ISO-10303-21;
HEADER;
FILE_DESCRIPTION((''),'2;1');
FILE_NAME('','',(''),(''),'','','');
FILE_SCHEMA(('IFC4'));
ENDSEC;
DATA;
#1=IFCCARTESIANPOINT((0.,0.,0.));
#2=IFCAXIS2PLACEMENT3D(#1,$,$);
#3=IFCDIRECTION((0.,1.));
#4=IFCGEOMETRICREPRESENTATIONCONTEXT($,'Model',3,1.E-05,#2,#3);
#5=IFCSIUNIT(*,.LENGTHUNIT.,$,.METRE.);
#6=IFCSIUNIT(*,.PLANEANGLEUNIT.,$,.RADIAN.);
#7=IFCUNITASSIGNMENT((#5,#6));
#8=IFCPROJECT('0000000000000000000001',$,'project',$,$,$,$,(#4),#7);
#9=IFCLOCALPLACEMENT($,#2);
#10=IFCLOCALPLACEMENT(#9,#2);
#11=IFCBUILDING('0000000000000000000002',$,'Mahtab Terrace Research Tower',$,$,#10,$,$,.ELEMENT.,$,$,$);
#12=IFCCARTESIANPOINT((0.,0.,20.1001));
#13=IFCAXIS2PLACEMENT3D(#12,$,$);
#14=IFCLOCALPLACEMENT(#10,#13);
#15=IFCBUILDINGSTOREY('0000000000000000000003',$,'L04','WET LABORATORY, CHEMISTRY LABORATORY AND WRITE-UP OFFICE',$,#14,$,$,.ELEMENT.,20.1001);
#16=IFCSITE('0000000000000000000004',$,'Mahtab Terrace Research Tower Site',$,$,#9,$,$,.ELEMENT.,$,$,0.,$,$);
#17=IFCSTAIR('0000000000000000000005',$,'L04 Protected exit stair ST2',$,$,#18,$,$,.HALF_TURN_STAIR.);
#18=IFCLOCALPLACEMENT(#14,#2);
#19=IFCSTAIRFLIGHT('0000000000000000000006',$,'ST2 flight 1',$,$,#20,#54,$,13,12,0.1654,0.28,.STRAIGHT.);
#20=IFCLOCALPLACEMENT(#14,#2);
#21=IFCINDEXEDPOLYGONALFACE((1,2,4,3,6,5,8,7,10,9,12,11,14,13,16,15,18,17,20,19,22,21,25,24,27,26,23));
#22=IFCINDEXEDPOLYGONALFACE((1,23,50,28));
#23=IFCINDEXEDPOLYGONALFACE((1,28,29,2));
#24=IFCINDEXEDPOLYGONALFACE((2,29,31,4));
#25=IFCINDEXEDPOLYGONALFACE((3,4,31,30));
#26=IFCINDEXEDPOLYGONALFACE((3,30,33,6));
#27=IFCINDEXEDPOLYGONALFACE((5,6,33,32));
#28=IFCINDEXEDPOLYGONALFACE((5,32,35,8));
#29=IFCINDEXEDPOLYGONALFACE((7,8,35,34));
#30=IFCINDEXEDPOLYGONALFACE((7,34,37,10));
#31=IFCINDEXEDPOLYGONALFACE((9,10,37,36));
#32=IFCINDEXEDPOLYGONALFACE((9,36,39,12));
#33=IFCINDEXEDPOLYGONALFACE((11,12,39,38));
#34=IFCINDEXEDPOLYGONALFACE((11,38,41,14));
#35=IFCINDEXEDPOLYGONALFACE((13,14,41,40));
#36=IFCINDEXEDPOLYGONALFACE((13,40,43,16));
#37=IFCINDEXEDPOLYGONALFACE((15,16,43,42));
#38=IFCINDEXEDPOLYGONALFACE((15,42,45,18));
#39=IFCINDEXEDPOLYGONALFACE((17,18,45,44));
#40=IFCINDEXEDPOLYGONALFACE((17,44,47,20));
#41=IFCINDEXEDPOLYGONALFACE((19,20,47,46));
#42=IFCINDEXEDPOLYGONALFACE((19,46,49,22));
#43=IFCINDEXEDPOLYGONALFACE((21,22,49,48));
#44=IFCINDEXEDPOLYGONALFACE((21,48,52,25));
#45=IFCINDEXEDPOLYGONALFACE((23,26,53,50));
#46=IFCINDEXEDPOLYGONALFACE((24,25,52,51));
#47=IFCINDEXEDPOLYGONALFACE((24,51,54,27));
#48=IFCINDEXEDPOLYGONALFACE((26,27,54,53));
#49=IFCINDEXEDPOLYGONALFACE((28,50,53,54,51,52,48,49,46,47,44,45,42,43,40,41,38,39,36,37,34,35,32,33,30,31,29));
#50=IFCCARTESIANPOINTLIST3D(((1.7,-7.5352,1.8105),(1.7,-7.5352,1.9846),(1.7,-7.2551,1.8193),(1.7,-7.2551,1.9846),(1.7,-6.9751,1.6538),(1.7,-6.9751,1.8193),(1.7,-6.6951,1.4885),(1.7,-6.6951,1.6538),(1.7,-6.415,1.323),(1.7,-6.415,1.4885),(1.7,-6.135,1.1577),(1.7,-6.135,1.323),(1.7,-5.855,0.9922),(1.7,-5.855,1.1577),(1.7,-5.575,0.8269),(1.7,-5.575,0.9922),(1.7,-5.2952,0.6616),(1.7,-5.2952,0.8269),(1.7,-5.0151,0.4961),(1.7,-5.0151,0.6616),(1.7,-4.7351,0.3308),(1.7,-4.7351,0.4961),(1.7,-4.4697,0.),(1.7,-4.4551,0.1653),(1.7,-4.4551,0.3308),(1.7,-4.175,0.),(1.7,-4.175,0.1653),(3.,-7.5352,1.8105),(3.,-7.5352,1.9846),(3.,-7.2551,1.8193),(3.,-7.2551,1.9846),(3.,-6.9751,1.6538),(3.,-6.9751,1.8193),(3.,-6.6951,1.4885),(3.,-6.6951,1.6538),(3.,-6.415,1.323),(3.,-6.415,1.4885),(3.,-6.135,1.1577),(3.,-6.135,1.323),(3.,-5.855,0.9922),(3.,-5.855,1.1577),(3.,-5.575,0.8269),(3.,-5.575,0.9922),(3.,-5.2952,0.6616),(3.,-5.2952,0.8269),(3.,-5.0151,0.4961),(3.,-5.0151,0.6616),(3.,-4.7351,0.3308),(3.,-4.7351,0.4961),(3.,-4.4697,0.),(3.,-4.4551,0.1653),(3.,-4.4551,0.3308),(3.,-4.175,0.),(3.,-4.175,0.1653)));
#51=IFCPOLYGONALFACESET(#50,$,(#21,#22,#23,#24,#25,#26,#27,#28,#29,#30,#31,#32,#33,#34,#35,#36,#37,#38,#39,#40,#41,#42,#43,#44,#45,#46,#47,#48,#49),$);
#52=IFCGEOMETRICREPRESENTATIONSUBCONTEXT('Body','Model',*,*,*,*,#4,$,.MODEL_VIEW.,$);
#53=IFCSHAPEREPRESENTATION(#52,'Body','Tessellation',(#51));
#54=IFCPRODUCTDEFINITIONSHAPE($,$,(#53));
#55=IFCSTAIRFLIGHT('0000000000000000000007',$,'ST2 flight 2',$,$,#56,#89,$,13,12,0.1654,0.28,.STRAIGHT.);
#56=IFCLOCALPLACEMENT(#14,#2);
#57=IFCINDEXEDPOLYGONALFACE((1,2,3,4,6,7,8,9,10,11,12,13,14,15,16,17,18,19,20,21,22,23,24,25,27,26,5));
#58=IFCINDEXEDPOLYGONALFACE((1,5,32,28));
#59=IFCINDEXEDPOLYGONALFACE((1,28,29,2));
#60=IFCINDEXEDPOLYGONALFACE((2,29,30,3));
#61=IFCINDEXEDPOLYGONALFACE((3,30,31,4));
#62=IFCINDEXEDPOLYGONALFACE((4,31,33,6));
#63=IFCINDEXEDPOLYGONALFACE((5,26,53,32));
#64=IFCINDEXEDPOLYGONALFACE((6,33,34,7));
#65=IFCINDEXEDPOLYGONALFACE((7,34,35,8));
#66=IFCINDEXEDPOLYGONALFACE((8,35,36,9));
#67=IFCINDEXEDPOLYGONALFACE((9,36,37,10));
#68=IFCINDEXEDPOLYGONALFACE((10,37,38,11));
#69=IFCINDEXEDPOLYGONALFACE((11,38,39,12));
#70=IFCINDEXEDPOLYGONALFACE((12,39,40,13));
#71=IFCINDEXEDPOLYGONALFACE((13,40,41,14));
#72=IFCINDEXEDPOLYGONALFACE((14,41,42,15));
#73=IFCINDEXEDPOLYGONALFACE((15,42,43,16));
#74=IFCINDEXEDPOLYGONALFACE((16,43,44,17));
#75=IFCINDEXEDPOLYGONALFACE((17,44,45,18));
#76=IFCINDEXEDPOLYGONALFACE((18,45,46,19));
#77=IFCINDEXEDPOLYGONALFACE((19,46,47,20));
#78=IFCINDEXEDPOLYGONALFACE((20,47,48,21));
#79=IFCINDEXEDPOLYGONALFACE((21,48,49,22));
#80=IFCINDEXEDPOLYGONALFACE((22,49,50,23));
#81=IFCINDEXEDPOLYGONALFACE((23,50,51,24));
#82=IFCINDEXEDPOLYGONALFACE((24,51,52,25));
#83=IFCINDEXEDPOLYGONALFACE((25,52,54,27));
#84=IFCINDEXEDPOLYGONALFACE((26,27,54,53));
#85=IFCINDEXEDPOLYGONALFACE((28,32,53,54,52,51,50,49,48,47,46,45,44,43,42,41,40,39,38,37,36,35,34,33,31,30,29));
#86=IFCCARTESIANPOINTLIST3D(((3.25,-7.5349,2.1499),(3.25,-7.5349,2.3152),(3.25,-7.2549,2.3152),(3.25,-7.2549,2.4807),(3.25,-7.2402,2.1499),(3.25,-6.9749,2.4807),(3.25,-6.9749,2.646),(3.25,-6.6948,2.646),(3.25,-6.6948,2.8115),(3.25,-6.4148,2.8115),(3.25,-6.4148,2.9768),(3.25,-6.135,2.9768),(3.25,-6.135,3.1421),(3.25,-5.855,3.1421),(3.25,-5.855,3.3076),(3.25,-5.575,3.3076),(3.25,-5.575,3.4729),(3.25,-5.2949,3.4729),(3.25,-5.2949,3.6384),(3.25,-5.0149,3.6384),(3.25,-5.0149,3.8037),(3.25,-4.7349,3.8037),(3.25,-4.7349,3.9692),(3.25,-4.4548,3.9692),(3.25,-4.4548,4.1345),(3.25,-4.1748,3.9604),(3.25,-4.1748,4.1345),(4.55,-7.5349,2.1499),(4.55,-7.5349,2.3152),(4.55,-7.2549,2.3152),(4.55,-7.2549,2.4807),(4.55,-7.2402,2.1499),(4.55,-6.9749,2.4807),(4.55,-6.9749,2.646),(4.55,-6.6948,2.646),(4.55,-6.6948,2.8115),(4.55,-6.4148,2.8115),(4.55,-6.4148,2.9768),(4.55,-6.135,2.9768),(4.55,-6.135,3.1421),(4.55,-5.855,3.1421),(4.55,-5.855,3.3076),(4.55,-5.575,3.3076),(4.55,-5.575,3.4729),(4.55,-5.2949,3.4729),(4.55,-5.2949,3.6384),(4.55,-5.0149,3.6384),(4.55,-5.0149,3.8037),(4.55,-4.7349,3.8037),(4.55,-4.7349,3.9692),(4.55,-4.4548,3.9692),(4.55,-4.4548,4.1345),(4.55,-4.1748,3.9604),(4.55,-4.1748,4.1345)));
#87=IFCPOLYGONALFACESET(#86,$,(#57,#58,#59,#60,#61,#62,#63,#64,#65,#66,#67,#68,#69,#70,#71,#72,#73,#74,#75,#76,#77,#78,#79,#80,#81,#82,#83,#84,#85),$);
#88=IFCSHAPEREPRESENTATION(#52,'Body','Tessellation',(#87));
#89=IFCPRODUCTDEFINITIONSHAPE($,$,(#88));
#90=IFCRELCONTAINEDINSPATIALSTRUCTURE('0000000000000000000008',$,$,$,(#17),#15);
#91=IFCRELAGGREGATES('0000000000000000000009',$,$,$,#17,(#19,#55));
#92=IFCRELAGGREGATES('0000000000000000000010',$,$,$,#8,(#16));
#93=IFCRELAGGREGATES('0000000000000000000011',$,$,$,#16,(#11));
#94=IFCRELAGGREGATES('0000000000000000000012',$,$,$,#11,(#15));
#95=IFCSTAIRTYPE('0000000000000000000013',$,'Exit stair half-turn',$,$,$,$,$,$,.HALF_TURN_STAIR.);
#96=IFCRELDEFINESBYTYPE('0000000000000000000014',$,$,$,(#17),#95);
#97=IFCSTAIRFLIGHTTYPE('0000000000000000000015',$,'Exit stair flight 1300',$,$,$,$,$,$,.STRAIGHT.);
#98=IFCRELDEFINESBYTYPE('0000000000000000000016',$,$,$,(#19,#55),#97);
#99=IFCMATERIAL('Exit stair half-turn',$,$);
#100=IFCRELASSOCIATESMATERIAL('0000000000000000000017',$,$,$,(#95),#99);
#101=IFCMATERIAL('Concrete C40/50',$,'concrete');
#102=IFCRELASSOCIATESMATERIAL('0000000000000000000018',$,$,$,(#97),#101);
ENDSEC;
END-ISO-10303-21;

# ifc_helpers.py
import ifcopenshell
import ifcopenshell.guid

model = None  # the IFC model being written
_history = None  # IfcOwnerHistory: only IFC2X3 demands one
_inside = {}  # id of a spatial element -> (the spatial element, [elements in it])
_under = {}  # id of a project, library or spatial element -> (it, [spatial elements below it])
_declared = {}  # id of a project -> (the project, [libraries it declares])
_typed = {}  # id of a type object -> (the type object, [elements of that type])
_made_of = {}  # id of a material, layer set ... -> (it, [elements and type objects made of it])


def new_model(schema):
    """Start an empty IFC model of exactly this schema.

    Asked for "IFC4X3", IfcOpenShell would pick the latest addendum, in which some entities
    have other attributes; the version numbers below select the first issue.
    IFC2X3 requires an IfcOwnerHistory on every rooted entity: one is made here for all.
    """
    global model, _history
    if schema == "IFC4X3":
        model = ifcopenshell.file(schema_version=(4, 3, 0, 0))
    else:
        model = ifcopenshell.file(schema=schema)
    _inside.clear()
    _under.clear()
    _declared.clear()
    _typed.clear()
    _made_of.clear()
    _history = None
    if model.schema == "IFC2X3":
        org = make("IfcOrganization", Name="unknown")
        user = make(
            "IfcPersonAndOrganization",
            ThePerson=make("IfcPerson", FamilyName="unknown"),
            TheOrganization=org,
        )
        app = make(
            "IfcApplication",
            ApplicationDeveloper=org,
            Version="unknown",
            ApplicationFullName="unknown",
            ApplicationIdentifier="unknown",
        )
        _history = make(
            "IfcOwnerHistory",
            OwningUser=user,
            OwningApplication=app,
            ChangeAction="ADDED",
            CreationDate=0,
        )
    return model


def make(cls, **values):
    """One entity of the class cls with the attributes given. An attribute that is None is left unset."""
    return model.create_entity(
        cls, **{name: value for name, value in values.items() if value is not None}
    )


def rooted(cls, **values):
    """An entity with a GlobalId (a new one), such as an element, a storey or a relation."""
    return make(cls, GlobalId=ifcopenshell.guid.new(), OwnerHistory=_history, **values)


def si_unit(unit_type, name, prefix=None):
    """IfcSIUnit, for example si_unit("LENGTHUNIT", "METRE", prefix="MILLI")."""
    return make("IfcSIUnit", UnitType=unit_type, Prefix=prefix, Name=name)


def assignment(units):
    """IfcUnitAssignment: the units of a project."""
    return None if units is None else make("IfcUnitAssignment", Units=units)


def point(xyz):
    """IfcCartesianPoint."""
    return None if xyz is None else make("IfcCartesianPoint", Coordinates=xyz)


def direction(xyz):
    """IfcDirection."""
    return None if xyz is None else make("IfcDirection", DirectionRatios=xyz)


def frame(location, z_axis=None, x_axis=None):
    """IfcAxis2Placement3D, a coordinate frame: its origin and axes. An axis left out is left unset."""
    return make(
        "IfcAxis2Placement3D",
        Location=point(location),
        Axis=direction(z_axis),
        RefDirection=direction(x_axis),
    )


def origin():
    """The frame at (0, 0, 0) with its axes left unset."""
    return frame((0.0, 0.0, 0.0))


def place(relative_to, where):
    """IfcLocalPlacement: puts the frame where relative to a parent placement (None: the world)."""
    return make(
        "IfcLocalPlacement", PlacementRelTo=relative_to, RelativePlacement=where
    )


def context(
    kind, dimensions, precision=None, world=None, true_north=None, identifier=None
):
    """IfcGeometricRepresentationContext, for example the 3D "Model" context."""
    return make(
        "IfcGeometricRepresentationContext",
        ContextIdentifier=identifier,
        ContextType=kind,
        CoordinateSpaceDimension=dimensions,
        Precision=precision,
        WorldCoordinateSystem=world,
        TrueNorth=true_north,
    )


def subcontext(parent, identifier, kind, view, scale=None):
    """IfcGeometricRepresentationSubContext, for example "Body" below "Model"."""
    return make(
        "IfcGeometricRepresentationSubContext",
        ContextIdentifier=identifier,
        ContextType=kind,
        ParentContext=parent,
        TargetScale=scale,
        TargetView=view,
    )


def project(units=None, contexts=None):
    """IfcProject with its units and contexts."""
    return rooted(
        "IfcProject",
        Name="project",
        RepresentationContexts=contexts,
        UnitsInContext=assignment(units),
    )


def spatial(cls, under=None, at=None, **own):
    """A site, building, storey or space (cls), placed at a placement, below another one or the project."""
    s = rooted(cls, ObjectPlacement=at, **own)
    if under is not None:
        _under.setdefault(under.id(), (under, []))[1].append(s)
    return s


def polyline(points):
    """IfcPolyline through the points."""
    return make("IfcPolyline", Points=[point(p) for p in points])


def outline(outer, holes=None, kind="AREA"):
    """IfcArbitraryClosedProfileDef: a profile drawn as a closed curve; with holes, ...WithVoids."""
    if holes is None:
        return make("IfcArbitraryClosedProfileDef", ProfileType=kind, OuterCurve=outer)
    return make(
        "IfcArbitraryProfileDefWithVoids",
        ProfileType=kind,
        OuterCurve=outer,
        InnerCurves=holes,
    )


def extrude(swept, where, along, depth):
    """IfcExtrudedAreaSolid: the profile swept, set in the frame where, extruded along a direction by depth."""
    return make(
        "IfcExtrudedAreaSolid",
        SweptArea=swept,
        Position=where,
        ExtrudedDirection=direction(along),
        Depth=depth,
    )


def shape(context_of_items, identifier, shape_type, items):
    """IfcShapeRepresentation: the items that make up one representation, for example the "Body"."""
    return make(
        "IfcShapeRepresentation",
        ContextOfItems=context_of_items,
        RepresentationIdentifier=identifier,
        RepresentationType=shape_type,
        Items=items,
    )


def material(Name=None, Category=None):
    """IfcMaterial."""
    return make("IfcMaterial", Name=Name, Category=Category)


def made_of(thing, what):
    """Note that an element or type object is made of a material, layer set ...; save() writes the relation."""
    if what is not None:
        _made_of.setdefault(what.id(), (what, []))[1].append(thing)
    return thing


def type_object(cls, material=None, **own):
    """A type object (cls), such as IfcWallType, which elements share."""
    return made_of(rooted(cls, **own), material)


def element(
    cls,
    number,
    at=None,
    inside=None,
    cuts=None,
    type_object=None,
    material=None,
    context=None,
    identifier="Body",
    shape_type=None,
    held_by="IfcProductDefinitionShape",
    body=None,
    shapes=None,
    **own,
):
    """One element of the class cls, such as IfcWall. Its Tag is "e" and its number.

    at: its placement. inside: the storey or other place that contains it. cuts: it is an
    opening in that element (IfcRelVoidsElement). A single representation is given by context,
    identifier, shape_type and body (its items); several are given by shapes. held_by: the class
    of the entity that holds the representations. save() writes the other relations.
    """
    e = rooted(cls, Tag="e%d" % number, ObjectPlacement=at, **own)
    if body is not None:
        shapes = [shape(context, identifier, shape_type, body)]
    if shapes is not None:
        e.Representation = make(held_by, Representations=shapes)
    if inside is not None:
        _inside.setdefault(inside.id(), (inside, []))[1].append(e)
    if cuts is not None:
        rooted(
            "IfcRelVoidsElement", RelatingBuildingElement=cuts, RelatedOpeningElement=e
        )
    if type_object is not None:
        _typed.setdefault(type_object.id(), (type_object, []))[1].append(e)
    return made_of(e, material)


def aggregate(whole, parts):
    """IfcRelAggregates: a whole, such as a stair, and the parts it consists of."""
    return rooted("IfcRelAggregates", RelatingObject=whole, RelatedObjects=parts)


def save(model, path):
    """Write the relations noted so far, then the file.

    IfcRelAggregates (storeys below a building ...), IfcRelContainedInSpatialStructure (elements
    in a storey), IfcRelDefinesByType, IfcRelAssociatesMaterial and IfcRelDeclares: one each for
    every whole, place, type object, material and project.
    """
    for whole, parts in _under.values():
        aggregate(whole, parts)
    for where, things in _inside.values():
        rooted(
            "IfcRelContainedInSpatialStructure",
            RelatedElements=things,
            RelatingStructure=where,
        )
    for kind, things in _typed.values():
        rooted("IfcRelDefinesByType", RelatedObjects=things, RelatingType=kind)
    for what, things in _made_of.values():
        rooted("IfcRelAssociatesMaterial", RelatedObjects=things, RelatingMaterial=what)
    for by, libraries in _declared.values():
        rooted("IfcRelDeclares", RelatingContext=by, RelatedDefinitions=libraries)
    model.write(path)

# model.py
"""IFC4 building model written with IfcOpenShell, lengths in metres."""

from ifc_helpers import new_model, si_unit, direction, frame, origin, place, context, subcontext, project, spatial, polyline, outline, extrude, material, type_object, element, aggregate, save


model = new_model("IFC4")

# Units and contexts
model_context = context("Model", 3, precision=1e-05, world=origin(), true_north=direction((0.0, 1.0)))
body_context = subcontext(model_context, "Body", "Model", "MODEL_VIEW")
ifc_project = project(units=[si_unit("LENGTHUNIT", "METRE"), si_unit("PLANEANGLEUNIT", "RADIAN")], contexts=[model_context])

# Site, building, storey
site_placement = place(None, origin())
site = spatial("IfcSite", under=ifc_project, at=site_placement, Name="Mahtab Terrace Research Tower Site", CompositionType="ELEMENT", RefElevation=0.0)
building_placement = place(site_placement, origin())
building = spatial("IfcBuilding", under=site, at=building_placement, Name="Mahtab Terrace Research Tower", CompositionType="ELEMENT")
storey_placement = place(building_placement, frame((0.0, 0.0, 20.1001)))
storey = spatial("IfcBuildingStorey", under=building, at=storey_placement, Name="L04", Description="WET LABORATORY, CHEMISTRY LABORATORY AND WRITE-UP OFFICE", CompositionType="ELEMENT", Elevation=20.1001)

# Stair, stair flights
ifc_material_1 = material(Name="Exit stair half-turn")
stair_type = type_object("IfcStairType", Name="Exit stair half-turn", PredefinedType="HALF_TURN_STAIR", material=ifc_material_1)
stair_placement = place(storey_placement, origin())
stair = element("IfcStair", 1, at=stair_placement, inside=storey, type_object=stair_type, Name="L04 Protected exit stair ST2", PredefinedType="HALF_TURN_STAIR")
ifc_material_2 = material(Name="Concrete C40/50", Category="concrete")
stair_flight_type = type_object("IfcStairFlightType", Name="Exit stair flight 1300", PredefinedType="STRAIGHT", material=ifc_material_2)
stair_flight_1_placement = place(storey_placement, frame((2.3501, -4.175, 0.0), z_axis=(0.0, 0.0, 1.0), x_axis=(0.0, -1.0, 0.0)))
stair_flight_1 = element("IfcStairFlight", 2, at=stair_flight_1_placement, type_object=stair_flight_type, Name="ST2 flight 1", NumberOfRisers=13, NumberOfTreads=12, PredefinedType="STRAIGHT", RiserHeight=0.1654, TreadLength=0.28, context=body_context, shape_type="SweptSolid", body=[
    extrude(outline(polyline([(0.0, 0.0), (0.0, 0.1653), (0.28, 0.1653), (0.28, 0.3308), (0.5601, 0.3308), (0.5601, 0.4961), (0.8401, 0.4961), (0.8401, 0.6616), (1.1201, 0.6616), (1.1201, 0.8269), (1.3999, 0.8269), (1.3999, 0.9922), (1.6799, 0.9922), (1.6799, 1.1577), (1.96, 1.1577), (1.96, 1.323), (2.24, 1.323), (2.24, 1.4885), (2.52, 1.4885), (2.52, 1.6538), (2.8, 1.6538), (2.8, 1.8193), (3.0801, 1.8193), (3.0801, 1.9846), (3.3601, 1.9846), (3.3601, 2.1499), (3.3601, 1.8105), (0.2947, 0.0), (0.0, 0.0)])), frame((0.0, 0.6499, 0.0), z_axis=(0.0, -1.0, 0.0), x_axis=(1.0, 0.0, 0.0)), (0.0, 0.0, 1.0), 1.3),
])
stair_flight_2_placement = place(storey_placement, frame((3.8999, -7.5349, 2.1499), z_axis=(0.0, 0.0, 1.0), x_axis=(0.0, 1.0, 0.0)))
stair_flight_2 = element("IfcStairFlight", 3, at=stair_flight_2_placement, type_object=stair_flight_type, Name="ST2 flight 2", NumberOfRisers=13, NumberOfTreads=12, PredefinedType="STRAIGHT", RiserHeight=0.1654, TreadLength=0.28, context=body_context, shape_type="SweptSolid", body=[
    extrude(outline(polyline([(0.0, 0.0), (0.0, 0.1653), (0.28, 0.1653), (0.28, 0.3308), (0.5601, 0.3308), (0.5601, 0.4961), (0.8401, 0.4961), (0.8401, 0.6616), (1.1201, 0.6616), (1.1201, 0.8269), (1.3999, 0.8269), (1.3999, 0.9922), (1.6799, 0.9922), (1.6799, 1.1577), (1.96, 1.1577), (1.96, 1.323), (2.24, 1.323), (2.24, 1.4885), (2.52, 1.4885), (2.52, 1.6538), (2.8, 1.6538), (2.8, 1.8193), (3.0801, 1.8193), (3.0801, 1.9846), (3.3601, 1.9846), (3.3601, 2.1499), (3.3601, 1.8105), (0.2947, 0.0), (0.0, 0.0)])), frame((0.0, 0.6499, 0.0), z_axis=(0.0, -1.0, 0.0), x_axis=(1.0, 0.0, 0.0)), (0.0, 0.0, 1.0), 1.3),
])
aggregate(stair, [stair_flight_1, stair_flight_2])

save(model, "model.ifc")
